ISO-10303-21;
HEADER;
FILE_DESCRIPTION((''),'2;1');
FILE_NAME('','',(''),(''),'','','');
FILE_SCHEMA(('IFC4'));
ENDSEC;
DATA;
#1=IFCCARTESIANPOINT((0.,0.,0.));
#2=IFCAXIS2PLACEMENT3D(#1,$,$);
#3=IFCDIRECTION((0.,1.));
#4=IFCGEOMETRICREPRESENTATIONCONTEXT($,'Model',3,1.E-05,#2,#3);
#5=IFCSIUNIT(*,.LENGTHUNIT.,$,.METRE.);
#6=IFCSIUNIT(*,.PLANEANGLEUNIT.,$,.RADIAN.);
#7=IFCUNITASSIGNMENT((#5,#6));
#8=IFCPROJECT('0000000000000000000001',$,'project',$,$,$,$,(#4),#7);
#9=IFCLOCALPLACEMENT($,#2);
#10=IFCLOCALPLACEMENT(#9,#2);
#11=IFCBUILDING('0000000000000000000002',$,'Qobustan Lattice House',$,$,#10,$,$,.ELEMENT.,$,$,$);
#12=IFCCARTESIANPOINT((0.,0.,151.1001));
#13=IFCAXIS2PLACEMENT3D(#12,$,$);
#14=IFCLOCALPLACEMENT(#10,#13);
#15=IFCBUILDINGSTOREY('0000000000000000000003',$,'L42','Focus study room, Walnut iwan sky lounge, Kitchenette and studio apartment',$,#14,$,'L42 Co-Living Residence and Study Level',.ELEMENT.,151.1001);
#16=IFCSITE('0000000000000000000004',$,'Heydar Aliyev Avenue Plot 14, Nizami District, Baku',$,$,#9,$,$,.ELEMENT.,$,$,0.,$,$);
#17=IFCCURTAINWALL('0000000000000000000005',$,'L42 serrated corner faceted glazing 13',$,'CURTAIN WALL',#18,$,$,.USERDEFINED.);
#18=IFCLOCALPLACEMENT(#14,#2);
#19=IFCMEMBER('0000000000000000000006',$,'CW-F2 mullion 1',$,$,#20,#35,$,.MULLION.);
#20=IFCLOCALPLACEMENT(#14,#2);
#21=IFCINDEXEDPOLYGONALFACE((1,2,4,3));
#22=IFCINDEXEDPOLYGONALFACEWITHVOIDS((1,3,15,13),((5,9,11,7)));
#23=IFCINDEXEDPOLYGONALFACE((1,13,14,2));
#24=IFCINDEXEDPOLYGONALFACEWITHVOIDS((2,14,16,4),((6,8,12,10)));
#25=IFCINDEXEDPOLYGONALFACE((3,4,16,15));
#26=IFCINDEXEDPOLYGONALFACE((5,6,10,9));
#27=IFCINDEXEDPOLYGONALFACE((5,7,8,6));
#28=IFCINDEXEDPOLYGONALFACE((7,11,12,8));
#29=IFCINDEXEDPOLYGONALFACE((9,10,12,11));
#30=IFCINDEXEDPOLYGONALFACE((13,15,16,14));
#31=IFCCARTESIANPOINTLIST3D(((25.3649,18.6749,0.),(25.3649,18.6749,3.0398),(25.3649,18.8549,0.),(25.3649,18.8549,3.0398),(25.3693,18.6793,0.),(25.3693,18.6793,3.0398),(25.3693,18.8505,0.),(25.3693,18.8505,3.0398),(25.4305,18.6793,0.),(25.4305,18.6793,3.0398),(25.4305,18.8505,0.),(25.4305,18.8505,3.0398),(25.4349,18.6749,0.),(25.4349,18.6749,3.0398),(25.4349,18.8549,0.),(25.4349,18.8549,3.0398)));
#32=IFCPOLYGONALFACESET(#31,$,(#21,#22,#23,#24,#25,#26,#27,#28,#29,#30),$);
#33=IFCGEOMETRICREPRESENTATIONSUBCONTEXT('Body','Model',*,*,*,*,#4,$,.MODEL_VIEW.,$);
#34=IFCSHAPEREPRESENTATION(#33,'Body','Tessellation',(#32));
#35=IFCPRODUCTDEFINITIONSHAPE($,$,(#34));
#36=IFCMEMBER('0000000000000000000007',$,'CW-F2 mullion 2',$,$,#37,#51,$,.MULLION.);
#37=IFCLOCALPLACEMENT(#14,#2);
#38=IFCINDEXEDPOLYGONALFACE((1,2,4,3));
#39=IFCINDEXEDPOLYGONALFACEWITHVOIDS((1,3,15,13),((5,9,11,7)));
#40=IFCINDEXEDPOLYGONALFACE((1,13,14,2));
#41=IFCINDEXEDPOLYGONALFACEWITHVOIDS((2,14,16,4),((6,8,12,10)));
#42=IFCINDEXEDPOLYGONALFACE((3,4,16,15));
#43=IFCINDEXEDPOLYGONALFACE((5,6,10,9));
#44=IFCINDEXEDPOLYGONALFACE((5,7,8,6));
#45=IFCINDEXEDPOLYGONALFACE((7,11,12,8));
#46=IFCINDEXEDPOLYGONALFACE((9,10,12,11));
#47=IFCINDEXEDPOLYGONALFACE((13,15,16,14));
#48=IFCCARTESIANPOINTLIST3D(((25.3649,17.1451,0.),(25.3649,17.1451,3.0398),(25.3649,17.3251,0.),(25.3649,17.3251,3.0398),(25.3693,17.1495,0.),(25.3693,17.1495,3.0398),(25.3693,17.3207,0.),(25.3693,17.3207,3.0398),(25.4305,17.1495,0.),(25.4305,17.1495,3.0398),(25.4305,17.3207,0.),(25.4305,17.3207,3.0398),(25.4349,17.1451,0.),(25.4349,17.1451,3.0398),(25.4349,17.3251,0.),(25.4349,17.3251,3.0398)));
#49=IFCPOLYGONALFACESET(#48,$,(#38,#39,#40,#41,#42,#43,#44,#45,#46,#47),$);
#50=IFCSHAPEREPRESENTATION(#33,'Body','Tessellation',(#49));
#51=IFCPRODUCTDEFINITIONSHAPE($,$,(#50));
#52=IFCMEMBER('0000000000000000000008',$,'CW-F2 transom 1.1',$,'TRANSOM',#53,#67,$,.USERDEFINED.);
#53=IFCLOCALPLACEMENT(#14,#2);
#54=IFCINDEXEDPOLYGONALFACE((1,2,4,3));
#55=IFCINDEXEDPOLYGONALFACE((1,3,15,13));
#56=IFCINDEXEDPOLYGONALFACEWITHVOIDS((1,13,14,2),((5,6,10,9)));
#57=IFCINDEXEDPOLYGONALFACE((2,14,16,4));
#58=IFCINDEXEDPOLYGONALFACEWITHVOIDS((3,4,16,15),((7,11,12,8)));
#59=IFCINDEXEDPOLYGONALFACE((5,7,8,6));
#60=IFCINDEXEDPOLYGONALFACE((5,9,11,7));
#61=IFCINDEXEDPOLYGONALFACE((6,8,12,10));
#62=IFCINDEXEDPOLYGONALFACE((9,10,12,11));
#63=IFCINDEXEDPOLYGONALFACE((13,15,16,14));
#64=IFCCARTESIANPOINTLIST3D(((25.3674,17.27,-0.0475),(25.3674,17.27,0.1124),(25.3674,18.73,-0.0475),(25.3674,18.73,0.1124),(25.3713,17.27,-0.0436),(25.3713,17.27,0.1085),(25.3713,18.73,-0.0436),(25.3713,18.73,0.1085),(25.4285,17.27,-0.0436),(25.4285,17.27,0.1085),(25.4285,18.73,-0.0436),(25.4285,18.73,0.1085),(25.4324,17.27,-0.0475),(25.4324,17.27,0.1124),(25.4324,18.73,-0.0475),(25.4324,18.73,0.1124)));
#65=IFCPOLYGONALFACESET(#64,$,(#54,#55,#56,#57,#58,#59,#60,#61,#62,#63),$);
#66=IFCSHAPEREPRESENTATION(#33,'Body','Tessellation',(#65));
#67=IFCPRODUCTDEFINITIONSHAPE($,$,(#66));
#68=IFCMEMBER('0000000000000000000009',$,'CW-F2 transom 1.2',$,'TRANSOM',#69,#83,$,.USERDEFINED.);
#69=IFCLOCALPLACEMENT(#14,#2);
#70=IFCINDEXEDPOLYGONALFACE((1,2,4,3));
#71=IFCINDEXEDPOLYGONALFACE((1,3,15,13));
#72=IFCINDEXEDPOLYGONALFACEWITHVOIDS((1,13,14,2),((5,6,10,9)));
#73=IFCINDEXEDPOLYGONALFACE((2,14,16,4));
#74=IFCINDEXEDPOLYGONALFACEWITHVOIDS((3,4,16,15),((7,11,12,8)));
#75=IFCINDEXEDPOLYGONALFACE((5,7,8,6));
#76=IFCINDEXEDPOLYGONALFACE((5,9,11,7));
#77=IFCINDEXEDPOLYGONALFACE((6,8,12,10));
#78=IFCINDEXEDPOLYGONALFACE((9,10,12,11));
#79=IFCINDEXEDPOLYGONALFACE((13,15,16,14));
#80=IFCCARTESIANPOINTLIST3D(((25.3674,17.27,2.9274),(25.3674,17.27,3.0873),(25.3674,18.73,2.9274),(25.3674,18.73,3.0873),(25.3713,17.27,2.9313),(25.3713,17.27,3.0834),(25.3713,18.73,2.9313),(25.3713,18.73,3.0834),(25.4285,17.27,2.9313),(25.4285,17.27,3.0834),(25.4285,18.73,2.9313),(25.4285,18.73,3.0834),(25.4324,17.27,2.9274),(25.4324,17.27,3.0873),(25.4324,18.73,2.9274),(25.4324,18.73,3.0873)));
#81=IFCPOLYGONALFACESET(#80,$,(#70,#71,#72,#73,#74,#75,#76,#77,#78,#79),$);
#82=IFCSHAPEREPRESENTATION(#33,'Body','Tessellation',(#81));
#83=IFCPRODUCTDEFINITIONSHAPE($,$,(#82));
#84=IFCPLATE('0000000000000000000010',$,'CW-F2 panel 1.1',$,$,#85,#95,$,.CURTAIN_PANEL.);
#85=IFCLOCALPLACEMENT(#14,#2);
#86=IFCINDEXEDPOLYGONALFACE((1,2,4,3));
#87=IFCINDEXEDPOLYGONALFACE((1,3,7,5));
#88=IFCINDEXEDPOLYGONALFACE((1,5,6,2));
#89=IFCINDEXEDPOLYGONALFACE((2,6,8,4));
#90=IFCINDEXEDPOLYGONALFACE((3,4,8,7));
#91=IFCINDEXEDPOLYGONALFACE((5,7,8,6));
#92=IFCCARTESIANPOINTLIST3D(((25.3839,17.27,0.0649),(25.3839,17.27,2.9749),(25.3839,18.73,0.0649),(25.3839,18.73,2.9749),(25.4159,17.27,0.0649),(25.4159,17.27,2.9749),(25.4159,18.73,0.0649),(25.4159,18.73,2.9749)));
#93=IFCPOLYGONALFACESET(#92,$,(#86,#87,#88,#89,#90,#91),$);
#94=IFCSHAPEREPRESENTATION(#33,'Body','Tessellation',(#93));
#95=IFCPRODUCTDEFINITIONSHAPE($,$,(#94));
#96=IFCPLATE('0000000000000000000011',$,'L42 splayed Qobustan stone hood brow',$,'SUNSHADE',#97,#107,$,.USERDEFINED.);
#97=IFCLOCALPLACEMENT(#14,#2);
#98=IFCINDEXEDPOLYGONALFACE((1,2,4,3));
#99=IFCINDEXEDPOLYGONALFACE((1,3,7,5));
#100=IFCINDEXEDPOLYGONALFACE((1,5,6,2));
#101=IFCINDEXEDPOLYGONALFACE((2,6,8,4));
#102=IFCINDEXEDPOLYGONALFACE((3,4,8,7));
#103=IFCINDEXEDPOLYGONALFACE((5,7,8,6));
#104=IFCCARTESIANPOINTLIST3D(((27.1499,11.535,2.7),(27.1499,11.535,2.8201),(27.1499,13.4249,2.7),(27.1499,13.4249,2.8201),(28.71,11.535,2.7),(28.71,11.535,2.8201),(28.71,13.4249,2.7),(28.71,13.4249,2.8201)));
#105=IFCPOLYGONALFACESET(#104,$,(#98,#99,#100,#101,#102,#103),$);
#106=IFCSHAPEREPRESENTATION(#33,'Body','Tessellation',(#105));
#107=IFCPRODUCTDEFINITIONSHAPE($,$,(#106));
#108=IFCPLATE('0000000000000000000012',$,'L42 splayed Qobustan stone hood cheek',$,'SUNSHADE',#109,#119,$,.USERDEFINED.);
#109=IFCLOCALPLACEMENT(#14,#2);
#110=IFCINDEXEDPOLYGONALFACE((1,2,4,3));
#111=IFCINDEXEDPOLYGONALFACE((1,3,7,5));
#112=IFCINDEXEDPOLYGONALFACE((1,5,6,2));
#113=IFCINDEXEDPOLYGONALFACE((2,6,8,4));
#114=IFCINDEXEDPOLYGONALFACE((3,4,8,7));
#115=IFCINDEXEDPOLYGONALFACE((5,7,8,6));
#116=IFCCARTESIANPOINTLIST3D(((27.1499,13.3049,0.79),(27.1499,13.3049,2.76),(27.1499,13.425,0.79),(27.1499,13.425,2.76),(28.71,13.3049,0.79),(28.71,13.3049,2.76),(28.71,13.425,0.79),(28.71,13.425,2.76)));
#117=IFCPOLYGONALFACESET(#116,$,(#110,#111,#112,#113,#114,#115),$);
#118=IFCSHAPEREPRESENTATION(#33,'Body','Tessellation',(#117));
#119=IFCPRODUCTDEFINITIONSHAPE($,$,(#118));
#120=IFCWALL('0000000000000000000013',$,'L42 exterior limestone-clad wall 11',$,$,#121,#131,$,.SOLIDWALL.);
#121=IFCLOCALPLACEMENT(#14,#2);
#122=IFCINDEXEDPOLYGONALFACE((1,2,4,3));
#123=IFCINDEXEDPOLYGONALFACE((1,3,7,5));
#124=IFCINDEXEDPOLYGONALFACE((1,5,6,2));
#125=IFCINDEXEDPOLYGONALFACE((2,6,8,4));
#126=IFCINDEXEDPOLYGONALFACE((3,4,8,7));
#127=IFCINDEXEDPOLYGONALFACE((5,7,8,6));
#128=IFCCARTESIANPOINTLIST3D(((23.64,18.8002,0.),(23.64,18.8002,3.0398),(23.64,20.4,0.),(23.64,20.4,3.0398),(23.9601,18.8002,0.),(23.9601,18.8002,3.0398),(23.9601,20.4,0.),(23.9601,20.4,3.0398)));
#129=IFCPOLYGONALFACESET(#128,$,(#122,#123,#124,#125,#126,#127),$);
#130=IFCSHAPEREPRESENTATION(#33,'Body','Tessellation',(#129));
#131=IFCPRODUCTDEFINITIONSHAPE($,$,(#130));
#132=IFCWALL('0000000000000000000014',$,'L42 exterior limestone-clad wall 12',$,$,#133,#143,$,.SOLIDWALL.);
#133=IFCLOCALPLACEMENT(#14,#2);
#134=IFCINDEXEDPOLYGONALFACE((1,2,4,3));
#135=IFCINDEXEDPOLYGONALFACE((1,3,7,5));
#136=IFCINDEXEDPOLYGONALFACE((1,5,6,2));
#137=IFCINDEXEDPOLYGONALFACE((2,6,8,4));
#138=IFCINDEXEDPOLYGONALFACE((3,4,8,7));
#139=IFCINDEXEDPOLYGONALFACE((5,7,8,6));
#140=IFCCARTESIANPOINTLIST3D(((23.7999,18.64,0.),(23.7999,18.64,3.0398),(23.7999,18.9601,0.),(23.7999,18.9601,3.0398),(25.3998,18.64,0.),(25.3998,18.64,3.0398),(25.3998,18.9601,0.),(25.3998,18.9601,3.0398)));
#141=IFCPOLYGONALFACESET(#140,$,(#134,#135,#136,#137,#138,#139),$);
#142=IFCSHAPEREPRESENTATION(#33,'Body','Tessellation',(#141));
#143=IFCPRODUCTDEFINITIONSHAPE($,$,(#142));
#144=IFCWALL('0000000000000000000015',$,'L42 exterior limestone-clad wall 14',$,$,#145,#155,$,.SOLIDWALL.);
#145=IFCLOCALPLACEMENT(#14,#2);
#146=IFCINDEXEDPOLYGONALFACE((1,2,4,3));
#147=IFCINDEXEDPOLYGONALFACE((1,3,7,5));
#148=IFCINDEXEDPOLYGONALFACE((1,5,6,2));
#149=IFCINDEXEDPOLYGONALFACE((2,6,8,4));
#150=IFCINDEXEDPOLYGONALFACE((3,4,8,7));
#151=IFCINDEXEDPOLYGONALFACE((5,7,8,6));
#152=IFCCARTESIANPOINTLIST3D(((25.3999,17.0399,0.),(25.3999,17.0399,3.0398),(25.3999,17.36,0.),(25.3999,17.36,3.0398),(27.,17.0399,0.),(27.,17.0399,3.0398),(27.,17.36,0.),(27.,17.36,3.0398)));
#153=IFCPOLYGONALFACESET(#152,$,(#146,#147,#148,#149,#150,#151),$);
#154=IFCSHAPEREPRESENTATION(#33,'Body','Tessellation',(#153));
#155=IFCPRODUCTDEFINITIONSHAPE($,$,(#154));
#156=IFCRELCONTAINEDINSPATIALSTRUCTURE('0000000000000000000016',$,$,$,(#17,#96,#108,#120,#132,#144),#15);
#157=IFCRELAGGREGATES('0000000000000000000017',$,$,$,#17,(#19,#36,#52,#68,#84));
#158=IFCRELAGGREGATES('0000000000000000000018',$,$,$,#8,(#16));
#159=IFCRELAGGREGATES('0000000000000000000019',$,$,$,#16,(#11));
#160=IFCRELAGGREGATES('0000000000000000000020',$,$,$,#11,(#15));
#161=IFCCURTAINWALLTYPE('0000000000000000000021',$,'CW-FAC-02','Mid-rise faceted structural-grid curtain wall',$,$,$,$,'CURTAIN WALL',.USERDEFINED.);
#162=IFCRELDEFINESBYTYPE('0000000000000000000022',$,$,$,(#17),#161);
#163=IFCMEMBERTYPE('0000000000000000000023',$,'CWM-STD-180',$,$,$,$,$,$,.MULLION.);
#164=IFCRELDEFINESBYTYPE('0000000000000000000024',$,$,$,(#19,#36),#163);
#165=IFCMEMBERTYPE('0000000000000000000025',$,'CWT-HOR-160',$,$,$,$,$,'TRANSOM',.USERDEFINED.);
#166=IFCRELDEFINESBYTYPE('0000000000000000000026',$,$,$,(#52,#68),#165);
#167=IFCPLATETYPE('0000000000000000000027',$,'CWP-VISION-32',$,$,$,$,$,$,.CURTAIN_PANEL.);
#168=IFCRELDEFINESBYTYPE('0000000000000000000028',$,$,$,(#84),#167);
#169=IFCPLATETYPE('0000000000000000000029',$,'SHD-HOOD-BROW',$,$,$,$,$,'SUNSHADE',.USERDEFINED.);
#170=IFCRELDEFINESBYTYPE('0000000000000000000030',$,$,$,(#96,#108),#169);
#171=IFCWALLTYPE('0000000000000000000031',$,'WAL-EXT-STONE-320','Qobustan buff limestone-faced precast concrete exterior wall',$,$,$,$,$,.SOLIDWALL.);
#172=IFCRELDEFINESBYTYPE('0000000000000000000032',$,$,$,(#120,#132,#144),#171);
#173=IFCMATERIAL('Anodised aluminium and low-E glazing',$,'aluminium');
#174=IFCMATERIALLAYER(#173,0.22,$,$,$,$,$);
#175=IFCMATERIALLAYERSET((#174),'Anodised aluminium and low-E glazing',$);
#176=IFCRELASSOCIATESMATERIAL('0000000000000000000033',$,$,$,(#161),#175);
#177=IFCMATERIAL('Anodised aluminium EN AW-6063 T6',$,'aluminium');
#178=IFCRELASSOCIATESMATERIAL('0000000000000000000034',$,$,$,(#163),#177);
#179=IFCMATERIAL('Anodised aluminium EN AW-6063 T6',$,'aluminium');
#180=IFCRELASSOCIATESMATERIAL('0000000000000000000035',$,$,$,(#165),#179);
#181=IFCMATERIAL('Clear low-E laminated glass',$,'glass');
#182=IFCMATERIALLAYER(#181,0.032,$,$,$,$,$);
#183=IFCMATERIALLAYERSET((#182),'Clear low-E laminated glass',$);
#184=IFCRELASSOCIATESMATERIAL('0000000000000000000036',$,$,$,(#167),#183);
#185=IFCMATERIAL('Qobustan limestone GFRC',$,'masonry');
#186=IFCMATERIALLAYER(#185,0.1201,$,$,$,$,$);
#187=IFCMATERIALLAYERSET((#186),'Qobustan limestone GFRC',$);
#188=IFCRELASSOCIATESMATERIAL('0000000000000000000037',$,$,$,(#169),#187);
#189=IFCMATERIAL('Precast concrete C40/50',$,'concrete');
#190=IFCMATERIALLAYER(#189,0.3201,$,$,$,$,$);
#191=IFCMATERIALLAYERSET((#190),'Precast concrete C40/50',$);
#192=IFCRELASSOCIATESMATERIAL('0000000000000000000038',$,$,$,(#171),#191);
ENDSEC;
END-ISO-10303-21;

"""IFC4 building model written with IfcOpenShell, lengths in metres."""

from ifc_helpers import new_model, si_unit, direction, frame, frame_2d, origin, origin_2d, place, context, subcontext, project, spatial, rectangle, hollow_rectangle, extrude, material, layer, layer_set, material_profile, profile_set, type_object, element, aggregate, save


model = new_model("IFC4")

# Units and contexts
model_context = context("Model", 3, precision=1e-05, world=origin(), true_north=direction((0.0, 1.0)))
body_context = subcontext(model_context, "Body", "Model", "MODEL_VIEW")
ifc_project = project(units=[si_unit("LENGTHUNIT", "METRE"), si_unit("PLANEANGLEUNIT", "RADIAN")], contexts=[model_context])

# Site, building, storey
site_placement = place(None, origin())
site = spatial("IfcSite", under=ifc_project, at=site_placement, Name="Heydar Aliyev Avenue Plot 14, Nizami District, Baku", CompositionType="ELEMENT", RefElevation=0.0)
building_placement = place(site_placement, origin())
building = spatial("IfcBuilding", under=site, at=building_placement, Name="Qobustan Lattice House", CompositionType="ELEMENT")
storey_placement = place(building_placement, frame((0.0, 0.0, 151.1001)))
storey = spatial("IfcBuildingStorey", under=building, at=storey_placement, Name="L42", Description="Focus study room, Walnut iwan sky lounge, Kitchenette and studio apartment", LongName="L42 Co-Living Residence and Study Level", CompositionType="ELEMENT", Elevation=151.1001)

# Curtain wall, members, plate
ifc_material_1 = material(Name="Anodised aluminium and low-E glazing", Category="aluminium")
ifc_layer_1 = layer(ifc_material_1, 0.22)
ifc_layer_set_1 = layer_set([ifc_layer_1], Name="Anodised aluminium and low-E glazing")
curtain_wall_type = type_object("IfcCurtainWallType", Name="CW-FAC-02", Description="Mid-rise faceted structural-grid curtain wall", ElementType="CURTAIN WALL", PredefinedType="USERDEFINED", material=ifc_layer_set_1)
curtain_wall_placement = place(storey_placement, origin())
curtain_wall = element("IfcCurtainWall", 1, at=curtain_wall_placement, inside=storey, type_object=curtain_wall_type, Name="L42 serrated corner faceted glazing 13", ObjectType="CURTAIN WALL", PredefinedType="USERDEFINED")
ifc_material_2 = material(Name="Anodised aluminium EN AW-6063 T6", Category="aluminium")
ifc_material_profile_1 = material_profile(ifc_material_2, hollow_rectangle(XDim=0.0701, YDim=0.1799, WallThickness=0.0044, at=origin_2d()), Name="CWM-180x70")
ifc_profile_set_1 = profile_set([ifc_material_profile_1], Name="Anodised aluminium EN AW-6063 T6")
member_type_1 = type_object("IfcMemberType", Name="CWM-STD-180", PredefinedType="MULLION", material=ifc_profile_set_1)
member_1_placement = place(storey_placement, frame((25.3999, 18.7649, 0.0), z_axis=(0.0, 0.0, 1.0), x_axis=(1.0, 0.0, 0.0)))
member_1 = element("IfcMember", 2, at=member_1_placement, type_object=member_type_1, Name="CW-F2 mullion 1", PredefinedType="MULLION", context=body_context, shape_type="SweptSolid", body=[
    extrude(hollow_rectangle(XDim=0.0701, YDim=0.1799, WallThickness=0.0044, at=origin_2d()), origin(), (0.0, 0.0, 1.0), 3.0398),
])
member_2_placement = place(storey_placement, frame((25.3999, 17.2351, 0.0), z_axis=(0.0, 0.0, 1.0), x_axis=(1.0, 0.0, 0.0)))
member_2 = element("IfcMember", 3, at=member_2_placement, type_object=member_type_1, Name="CW-F2 mullion 2", PredefinedType="MULLION", context=body_context, shape_type="SweptSolid", body=[
    extrude(hollow_rectangle(XDim=0.0701, YDim=0.1799, WallThickness=0.0044, at=origin_2d()), origin(), (0.0, 0.0, 1.0), 3.0398),
])
ifc_material_3 = material(Name="Anodised aluminium EN AW-6063 T6", Category="aluminium")
ifc_material_profile_2 = material_profile(ifc_material_3, hollow_rectangle(XDim=0.0649, YDim=0.1599, WallThickness=0.0039, at=origin_2d()), Name="CWT-160x65")
ifc_profile_set_2 = profile_set([ifc_material_profile_2], Name="Anodised aluminium EN AW-6063 T6")
member_type_2 = type_object("IfcMemberType", Name="CWT-HOR-160", ElementType="TRANSOM", PredefinedType="USERDEFINED", material=ifc_profile_set_2)
member_3_placement = place(storey_placement, frame((25.3999, 18.73, 0.0325), z_axis=(0.0, -1.0, 0.0), x_axis=(1.0, 0.0, 0.0)))
member_3 = element("IfcMember", 4, at=member_3_placement, type_object=member_type_2, Name="CW-F2 transom 1.1", ObjectType="TRANSOM", PredefinedType="USERDEFINED", context=body_context, shape_type="SweptSolid", body=[
    extrude(hollow_rectangle(XDim=0.0649, YDim=0.1599, WallThickness=0.0039, at=origin_2d()), origin(), (0.0, 0.0, 1.0), 1.46),
])
member_4_placement = place(storey_placement, frame((25.3999, 18.73, 3.0073), z_axis=(0.0, -1.0, 0.0), x_axis=(1.0, 0.0, 0.0)))
member_4 = element("IfcMember", 5, at=member_4_placement, type_object=member_type_2, Name="CW-F2 transom 1.2", ObjectType="TRANSOM", PredefinedType="USERDEFINED", context=body_context, shape_type="SweptSolid", body=[
    extrude(hollow_rectangle(XDim=0.0649, YDim=0.1599, WallThickness=0.0039, at=origin_2d()), origin(), (0.0, 0.0, 1.0), 1.46),
])
ifc_material_4 = material(Name="Clear low-E laminated glass", Category="glass")
ifc_layer_2 = layer(ifc_material_4, 0.032)
ifc_layer_set_2 = layer_set([ifc_layer_2], Name="Clear low-E laminated glass")
plate_type_1 = type_object("IfcPlateType", Name="CWP-VISION-32", PredefinedType="CURTAIN_PANEL", material=ifc_layer_set_2)
plate_1_placement = place(storey_placement, frame((25.3999, 18.0, 0.0649), z_axis=(0.0, 0.0, 1.0), x_axis=(0.0, -1.0, 0.0)))
plate_1 = element("IfcPlate", 6, at=plate_1_placement, type_object=plate_type_1, Name="CW-F2 panel 1.1", PredefinedType="CURTAIN_PANEL", context=body_context, shape_type="SweptSolid", body=[
    extrude(rectangle(XDim=1.46, YDim=0.032, at=origin_2d()), origin(), (0.0, 0.0, 1.0), 2.9099),
])
aggregate(curtain_wall, [member_1, member_2, member_3, member_4, plate_1])

# Plates
ifc_material_5 = material(Name="Qobustan limestone GFRC", Category="masonry")
ifc_layer_3 = layer(ifc_material_5, 0.1201)
ifc_layer_set_3 = layer_set([ifc_layer_3], Name="Qobustan limestone GFRC")
plate_type_2 = type_object("IfcPlateType", Name="SHD-HOOD-BROW", ElementType="SUNSHADE", PredefinedType="USERDEFINED", material=ifc_layer_set_3)
plate_2_placement = place(storey_placement, frame((27.9299, 12.48, 2.7), z_axis=(0.0, 0.0, 1.0), x_axis=(0.0, -1.0, 0.0)))
element("IfcPlate", 7, at=plate_2_placement, inside=storey, type_object=plate_type_2, Name="L42 splayed Qobustan stone hood brow", ObjectType="SUNSHADE", PredefinedType="USERDEFINED", context=body_context, shape_type="SweptSolid", body=[
    extrude(rectangle(XDim=1.8899, YDim=1.5601, at=origin_2d()), origin(), (0.0, 0.0, 1.0), 0.1201),
])
plate_3_placement = place(storey_placement, frame((27.9299, 13.365, 0.79), z_axis=(0.0, 0.0, 1.0), x_axis=(0.0, -1.0, 0.0)))
element("IfcPlate", 8, at=plate_3_placement, inside=storey, type_object=plate_type_2, Name="L42 splayed Qobustan stone hood cheek", ObjectType="SUNSHADE", PredefinedType="USERDEFINED", context=body_context, shape_type="SweptSolid", body=[
    extrude(rectangle(XDim=0.1201, YDim=1.5601, at=origin_2d()), origin(), (0.0, 0.0, 1.0), 1.97),
])

# Walls
ifc_material_6 = material(Name="Precast concrete C40/50", Category="concrete")
ifc_layer_4 = layer(ifc_material_6, 0.3201)
ifc_layer_set_4 = layer_set([ifc_layer_4], Name="Precast concrete C40/50")
wall_type = type_object("IfcWallType", Name="WAL-EXT-STONE-320", Description="Qobustan buff limestone-faced precast concrete exterior wall", PredefinedType="SOLIDWALL", material=ifc_layer_set_4)
for number, where, z_axis, x_axis, name in (
    (9, (23.8, 20.3999, 0.0), (0.0, 0.0, 1.0), (0.0, -1.0, 0.0), "L42 exterior limestone-clad wall 11"),
    (10, (23.8, 18.8, 0.0), (0.0, 0.0, 1.0), (1.0, 0.0, 0.0), "L42 exterior limestone-clad wall 12"),
):
    element("IfcWall", number, at=place(storey_placement, frame(where, z_axis=z_axis, x_axis=x_axis)), inside=storey, type_object=wall_type, Name=name, PredefinedType="SOLIDWALL", context=body_context, shape_type="SweptSolid", body=[
        extrude(rectangle(XDim=1.5999, YDim=0.3201, at=frame_2d((0.7998, 0.0))), origin(), (0.0, 0.0, 1.0), 3.0398),
    ])
wall_1_placement = place(storey_placement, frame((25.3999, 17.2, 0.0), z_axis=(0.0, 0.0, 1.0), x_axis=(1.0, 0.0, 0.0)))
element("IfcWall", 11, at=wall_1_placement, inside=storey, type_object=wall_type, Name="L42 exterior limestone-clad wall 14", PredefinedType="SOLIDWALL", context=body_context, shape_type="SweptSolid", body=[
    extrude(rectangle(XDim=1.6001, YDim=0.3201, at=frame_2d((0.8, 0.0))), origin(), (0.0, 0.0, 1.0), 3.0398),
])

save(model, "model.ifc")
